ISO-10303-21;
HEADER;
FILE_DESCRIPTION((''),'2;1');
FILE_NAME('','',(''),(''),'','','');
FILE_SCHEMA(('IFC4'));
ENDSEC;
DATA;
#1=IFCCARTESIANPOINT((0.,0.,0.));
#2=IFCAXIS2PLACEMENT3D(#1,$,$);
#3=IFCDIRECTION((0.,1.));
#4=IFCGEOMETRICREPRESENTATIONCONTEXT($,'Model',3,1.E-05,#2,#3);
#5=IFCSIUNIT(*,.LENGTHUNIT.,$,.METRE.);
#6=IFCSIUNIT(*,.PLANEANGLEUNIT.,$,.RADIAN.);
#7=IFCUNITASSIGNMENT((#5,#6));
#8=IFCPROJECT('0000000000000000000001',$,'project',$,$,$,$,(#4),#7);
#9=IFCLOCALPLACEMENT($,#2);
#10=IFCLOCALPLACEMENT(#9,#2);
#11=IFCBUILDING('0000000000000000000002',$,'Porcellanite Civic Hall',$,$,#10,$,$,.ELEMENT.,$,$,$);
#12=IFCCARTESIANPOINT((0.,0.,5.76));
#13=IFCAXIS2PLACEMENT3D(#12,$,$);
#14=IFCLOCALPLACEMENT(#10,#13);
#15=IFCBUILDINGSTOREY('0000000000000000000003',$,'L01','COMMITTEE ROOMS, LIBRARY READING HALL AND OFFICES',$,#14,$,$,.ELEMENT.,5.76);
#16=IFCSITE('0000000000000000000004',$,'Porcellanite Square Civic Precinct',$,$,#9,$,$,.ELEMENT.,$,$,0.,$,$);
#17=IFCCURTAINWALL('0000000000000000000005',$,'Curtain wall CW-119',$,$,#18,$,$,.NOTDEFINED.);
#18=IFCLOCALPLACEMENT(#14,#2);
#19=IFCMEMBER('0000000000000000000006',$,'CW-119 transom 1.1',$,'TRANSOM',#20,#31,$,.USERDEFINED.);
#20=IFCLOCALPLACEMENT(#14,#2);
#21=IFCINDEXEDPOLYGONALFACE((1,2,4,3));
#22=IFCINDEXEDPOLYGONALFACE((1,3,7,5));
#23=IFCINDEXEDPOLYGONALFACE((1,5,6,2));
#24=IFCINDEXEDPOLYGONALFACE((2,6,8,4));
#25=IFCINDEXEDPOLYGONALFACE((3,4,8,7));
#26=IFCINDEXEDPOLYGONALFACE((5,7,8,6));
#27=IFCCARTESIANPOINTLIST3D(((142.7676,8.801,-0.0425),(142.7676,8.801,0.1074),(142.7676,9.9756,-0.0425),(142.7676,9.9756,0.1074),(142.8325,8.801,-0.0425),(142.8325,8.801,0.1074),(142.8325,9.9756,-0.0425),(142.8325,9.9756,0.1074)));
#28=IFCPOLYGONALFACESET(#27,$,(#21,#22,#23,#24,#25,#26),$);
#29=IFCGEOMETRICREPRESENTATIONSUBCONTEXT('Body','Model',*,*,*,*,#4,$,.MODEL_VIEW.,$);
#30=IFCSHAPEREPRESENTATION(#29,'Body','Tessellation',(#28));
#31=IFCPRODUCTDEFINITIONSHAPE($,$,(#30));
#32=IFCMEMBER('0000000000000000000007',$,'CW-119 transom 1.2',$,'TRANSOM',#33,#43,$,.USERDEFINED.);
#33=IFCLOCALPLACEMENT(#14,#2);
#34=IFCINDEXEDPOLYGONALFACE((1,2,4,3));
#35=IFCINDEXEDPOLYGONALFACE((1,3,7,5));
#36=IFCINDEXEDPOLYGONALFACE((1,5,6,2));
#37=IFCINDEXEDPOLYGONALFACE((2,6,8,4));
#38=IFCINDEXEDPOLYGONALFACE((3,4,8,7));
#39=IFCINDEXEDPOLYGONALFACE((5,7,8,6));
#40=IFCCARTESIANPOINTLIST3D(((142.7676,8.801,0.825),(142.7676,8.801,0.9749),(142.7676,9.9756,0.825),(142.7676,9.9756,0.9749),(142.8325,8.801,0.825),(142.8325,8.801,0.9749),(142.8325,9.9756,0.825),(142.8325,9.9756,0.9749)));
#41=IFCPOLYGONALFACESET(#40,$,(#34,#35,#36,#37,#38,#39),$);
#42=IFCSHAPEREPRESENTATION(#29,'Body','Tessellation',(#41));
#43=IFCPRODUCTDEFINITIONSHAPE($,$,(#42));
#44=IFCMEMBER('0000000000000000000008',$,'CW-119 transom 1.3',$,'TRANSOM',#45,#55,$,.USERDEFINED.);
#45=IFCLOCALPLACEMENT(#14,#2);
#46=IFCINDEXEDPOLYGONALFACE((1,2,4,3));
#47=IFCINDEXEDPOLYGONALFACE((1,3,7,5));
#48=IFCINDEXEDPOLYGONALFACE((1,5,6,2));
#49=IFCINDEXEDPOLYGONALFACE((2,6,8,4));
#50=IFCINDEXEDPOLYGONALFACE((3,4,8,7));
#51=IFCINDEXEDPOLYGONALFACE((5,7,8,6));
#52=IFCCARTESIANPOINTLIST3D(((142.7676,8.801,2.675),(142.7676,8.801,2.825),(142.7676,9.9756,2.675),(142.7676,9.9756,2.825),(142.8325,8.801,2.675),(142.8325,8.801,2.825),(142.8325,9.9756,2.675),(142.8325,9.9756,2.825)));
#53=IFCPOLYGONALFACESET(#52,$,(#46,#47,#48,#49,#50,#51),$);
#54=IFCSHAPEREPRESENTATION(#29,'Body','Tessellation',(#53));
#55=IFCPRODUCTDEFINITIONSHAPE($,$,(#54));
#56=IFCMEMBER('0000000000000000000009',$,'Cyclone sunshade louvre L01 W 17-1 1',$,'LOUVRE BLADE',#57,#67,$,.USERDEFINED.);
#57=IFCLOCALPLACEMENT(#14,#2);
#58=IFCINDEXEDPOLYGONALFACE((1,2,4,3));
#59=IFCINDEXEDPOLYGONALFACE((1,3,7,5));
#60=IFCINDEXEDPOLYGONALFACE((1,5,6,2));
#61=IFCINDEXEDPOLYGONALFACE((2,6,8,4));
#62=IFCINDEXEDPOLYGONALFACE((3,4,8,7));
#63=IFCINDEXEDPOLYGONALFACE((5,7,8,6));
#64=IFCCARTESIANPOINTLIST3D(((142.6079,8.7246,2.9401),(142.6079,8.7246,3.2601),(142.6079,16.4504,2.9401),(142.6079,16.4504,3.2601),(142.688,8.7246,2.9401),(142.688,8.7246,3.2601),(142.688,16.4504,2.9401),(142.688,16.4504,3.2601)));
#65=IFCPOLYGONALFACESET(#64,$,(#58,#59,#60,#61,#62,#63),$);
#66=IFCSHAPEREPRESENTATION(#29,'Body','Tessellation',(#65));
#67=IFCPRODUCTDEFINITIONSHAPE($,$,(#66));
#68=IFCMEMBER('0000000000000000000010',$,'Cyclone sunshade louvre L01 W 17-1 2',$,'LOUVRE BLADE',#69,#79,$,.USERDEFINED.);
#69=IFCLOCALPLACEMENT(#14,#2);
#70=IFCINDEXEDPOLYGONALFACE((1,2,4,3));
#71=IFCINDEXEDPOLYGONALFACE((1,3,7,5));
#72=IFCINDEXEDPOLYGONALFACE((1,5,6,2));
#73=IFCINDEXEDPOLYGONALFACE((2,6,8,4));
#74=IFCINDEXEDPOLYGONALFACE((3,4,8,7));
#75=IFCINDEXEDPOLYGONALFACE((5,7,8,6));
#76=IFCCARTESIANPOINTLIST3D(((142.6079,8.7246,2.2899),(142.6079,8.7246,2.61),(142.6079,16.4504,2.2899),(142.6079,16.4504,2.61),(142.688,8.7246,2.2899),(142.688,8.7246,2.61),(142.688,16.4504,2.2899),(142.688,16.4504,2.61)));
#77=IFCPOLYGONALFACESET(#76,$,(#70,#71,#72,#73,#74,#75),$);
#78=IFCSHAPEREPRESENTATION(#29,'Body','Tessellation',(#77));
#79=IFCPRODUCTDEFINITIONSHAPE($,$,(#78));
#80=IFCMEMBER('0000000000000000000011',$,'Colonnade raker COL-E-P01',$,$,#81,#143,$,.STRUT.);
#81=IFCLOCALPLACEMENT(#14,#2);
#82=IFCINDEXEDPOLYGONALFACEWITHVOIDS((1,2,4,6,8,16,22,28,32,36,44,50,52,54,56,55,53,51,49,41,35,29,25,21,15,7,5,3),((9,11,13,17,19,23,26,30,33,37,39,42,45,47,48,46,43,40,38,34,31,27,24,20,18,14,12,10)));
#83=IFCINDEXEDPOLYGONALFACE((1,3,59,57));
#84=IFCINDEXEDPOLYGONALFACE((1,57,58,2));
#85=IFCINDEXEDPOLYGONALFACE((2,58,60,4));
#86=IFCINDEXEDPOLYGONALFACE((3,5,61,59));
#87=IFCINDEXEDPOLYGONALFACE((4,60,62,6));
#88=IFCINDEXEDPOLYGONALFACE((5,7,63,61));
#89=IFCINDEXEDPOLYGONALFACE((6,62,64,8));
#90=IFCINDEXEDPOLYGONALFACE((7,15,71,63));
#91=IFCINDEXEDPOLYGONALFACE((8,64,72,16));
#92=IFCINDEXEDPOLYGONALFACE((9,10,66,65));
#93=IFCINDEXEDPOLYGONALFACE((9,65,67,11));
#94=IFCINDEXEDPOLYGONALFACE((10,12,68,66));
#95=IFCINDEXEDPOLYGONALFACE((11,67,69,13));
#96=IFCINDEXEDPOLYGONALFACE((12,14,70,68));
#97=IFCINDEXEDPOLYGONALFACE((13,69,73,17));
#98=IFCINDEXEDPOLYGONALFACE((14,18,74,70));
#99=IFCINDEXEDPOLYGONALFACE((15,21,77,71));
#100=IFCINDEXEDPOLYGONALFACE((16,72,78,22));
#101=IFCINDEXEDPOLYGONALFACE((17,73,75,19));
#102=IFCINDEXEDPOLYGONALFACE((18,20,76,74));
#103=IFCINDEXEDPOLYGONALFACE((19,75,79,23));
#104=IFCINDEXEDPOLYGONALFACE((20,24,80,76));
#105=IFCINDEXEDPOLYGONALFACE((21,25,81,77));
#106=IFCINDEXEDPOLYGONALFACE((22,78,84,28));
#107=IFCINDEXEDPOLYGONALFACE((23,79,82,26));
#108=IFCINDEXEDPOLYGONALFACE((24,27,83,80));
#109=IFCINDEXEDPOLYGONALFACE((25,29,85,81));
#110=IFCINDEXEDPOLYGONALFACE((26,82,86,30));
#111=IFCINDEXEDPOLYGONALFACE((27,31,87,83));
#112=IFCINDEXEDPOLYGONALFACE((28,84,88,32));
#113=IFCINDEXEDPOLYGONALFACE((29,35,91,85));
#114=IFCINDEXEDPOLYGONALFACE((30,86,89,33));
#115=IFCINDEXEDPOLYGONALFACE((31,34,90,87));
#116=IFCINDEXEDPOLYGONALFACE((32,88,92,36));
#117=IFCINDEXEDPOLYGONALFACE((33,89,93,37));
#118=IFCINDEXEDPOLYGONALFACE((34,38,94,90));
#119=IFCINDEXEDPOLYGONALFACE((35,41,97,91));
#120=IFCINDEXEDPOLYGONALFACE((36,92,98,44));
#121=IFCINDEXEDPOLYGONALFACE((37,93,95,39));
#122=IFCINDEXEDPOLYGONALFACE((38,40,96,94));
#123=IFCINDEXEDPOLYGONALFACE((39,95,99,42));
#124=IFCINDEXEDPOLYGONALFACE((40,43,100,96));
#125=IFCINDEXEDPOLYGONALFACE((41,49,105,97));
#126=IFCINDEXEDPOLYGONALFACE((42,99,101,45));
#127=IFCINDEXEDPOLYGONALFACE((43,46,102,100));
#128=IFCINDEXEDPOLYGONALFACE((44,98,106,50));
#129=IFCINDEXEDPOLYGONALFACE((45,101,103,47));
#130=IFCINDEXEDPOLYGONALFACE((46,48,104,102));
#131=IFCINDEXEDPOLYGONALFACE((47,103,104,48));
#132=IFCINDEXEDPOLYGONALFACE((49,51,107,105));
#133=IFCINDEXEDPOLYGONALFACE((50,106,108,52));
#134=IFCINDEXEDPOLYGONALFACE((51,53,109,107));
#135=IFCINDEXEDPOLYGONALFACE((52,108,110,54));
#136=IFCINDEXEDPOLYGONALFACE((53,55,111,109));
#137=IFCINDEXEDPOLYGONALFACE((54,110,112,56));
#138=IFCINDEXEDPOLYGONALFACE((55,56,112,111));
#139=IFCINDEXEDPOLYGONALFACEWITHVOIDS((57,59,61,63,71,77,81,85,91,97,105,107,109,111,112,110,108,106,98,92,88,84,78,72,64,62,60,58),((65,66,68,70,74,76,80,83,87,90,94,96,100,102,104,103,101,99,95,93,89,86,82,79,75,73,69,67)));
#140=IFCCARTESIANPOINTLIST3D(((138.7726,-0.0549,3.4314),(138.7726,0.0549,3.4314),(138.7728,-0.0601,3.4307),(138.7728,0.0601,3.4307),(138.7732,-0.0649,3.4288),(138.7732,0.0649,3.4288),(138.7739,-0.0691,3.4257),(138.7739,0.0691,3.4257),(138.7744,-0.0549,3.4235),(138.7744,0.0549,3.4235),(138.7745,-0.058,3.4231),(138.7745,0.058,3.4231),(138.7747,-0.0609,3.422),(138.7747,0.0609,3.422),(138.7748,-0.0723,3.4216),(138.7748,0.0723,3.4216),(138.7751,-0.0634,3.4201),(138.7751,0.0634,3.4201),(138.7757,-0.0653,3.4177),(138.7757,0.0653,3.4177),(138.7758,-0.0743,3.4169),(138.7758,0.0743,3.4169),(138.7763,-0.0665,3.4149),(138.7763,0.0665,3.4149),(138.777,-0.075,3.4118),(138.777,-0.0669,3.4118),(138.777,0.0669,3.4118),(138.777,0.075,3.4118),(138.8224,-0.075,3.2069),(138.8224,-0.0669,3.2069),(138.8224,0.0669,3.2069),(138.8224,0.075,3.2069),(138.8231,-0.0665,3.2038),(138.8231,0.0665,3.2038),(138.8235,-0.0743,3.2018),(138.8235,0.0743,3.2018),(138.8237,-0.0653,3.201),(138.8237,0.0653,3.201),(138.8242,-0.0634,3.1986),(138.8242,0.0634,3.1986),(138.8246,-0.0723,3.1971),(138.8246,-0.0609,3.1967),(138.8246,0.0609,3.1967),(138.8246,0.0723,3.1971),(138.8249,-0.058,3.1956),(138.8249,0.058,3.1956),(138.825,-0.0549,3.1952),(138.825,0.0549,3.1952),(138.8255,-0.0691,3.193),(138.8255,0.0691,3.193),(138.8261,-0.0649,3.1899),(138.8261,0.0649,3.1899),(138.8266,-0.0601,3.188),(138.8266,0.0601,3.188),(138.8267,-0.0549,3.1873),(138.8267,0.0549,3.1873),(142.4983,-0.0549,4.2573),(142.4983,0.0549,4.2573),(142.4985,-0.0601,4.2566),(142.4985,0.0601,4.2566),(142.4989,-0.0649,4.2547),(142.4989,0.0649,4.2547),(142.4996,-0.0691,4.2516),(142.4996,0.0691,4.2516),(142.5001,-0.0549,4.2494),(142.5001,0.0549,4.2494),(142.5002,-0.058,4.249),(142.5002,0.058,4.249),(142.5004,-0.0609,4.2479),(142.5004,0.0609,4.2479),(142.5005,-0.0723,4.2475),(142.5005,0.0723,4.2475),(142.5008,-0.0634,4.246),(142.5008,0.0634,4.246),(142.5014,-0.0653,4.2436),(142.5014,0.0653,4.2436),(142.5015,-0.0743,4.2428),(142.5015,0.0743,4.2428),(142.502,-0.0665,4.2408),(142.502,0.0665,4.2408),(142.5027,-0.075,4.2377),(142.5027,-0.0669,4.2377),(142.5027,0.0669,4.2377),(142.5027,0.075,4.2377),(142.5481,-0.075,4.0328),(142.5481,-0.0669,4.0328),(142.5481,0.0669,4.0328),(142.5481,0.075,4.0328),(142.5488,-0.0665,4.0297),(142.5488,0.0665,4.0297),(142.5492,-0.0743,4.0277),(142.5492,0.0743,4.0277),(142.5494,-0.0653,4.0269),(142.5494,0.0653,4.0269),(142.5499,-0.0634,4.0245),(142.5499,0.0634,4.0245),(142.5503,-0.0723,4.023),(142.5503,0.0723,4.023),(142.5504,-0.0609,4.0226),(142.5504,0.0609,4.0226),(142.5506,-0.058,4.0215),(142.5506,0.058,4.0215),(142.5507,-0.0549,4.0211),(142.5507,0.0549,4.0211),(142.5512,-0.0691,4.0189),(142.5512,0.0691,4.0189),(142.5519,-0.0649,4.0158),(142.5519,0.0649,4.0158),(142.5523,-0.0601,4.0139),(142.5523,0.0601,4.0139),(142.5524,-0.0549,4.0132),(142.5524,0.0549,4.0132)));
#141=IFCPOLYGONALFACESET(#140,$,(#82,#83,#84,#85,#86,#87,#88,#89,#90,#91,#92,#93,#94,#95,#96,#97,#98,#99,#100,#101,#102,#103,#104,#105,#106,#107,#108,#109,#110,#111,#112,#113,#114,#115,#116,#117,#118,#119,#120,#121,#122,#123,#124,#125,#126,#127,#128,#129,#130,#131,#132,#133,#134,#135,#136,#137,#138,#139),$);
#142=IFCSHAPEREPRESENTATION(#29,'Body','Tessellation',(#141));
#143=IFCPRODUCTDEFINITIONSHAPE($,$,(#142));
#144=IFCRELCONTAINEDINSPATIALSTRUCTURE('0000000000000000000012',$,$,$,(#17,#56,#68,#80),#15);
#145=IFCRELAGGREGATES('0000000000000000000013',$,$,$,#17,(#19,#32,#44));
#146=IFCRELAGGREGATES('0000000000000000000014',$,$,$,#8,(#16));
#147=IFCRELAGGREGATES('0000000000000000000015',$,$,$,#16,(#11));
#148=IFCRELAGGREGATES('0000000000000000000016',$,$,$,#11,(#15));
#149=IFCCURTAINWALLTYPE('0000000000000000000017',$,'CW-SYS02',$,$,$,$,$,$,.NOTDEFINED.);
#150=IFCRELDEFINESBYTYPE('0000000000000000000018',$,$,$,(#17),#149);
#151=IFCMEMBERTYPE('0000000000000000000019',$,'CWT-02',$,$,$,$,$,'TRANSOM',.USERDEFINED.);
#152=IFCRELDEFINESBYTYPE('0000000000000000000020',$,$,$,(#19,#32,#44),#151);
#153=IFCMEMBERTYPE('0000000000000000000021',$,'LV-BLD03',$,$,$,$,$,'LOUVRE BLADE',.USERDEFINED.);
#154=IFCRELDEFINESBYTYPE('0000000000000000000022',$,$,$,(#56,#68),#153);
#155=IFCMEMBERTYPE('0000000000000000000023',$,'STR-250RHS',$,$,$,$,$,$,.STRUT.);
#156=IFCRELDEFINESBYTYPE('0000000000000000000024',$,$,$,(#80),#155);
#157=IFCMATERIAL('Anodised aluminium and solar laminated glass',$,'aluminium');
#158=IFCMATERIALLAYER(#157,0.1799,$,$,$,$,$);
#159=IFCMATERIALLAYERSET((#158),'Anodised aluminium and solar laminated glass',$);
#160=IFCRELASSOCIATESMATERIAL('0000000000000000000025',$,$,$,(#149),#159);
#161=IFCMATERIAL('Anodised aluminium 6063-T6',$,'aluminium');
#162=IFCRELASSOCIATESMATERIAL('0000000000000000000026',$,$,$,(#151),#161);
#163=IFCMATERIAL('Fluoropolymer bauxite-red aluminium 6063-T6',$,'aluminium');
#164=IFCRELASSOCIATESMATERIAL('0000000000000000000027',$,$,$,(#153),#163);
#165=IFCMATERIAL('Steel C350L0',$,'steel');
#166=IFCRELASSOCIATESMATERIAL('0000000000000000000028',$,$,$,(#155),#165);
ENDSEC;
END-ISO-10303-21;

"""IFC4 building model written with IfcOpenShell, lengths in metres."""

from ifc_helpers import new_model, si_unit, direction, frame, origin, origin_2d, place, context, subcontext, project, spatial, rectangle, hollow_rectangle, extrude, material, layer, layer_set, material_profile, profile_set, type_object, element, aggregate, save


model = new_model("IFC4")

# Units and contexts
model_context = context("Model", 3, precision=1e-05, world=origin(), true_north=direction((0.0, 1.0)))
body_context = subcontext(model_context, "Body", "Model", "MODEL_VIEW")
ifc_project = project(units=[si_unit("LENGTHUNIT", "METRE"), si_unit("PLANEANGLEUNIT", "RADIAN")], contexts=[model_context])

# Site, building, storey
site_placement = place(None, origin())
site = spatial("IfcSite", under=ifc_project, at=site_placement, Name="Porcellanite Square Civic Precinct", CompositionType="ELEMENT", RefElevation=0.0)
building_placement = place(site_placement, origin())
building = spatial("IfcBuilding", under=site, at=building_placement, Name="Porcellanite Civic Hall", CompositionType="ELEMENT")
storey_placement = place(building_placement, frame((0.0, 0.0, 5.76)))
storey = spatial("IfcBuildingStorey", under=building, at=storey_placement, Name="L01", Description="COMMITTEE ROOMS, LIBRARY READING HALL AND OFFICES", CompositionType="ELEMENT", Elevation=5.76)

# Curtain wall, members
ifc_material_1 = material(Name="Anodised aluminium and solar laminated glass", Category="aluminium")
ifc_layer_1 = layer(ifc_material_1, 0.1799)
ifc_layer_set_1 = layer_set([ifc_layer_1], Name="Anodised aluminium and solar laminated glass")
curtain_wall_type = type_object("IfcCurtainWallType", Name="CW-SYS02", PredefinedType="NOTDEFINED", material=ifc_layer_set_1)
curtain_wall_placement = place(storey_placement, origin())
curtain_wall = element("IfcCurtainWall", 1, at=curtain_wall_placement, inside=storey, type_object=curtain_wall_type, Name="Curtain wall CW-119", PredefinedType="NOTDEFINED")
ifc_material_2 = material(Name="Anodised aluminium 6063-T6", Category="aluminium")
ifc_material_profile_1 = material_profile(ifc_material_2, rectangle(XDim=0.0649, YDim=0.1499, at=origin_2d()), Name="AL-65x150")
ifc_profile_set_1 = profile_set([ifc_material_profile_1], Name="Anodised aluminium 6063-T6")
member_type_1 = type_object("IfcMemberType", Name="CWT-02", ElementType="TRANSOM", PredefinedType="USERDEFINED", material=ifc_profile_set_1)
member_1_placement = place(storey_placement, frame((142.8, 8.801, 0.0325), z_axis=(0.0, 1.0, 0.0), x_axis=(-1.0, 0.0, 0.0)))
member_1 = element("IfcMember", 2, at=member_1_placement, type_object=member_type_1, Name="CW-119 transom 1.1", ObjectType="TRANSOM", PredefinedType="USERDEFINED", context=body_context, shape_type="SweptSolid", body=[
    extrude(rectangle(XDim=0.0649, YDim=0.1499, at=origin_2d()), origin(), (0.0, 0.0, 1.0), 1.1746),
])
member_2_placement = place(storey_placement, frame((142.8, 8.801, 0.8999), z_axis=(0.0, 1.0, 0.0), x_axis=(-1.0, 0.0, 0.0)))
member_2 = element("IfcMember", 3, at=member_2_placement, type_object=member_type_1, Name="CW-119 transom 1.2", ObjectType="TRANSOM", PredefinedType="USERDEFINED", context=body_context, shape_type="SweptSolid", body=[
    extrude(rectangle(XDim=0.0649, YDim=0.1499, at=origin_2d()), origin(), (0.0, 0.0, 1.0), 1.1746),
])
member_3_placement = place(storey_placement, frame((142.8, 8.801, 2.75), z_axis=(0.0, 1.0, 0.0), x_axis=(-1.0, 0.0, 0.0)))
member_3 = element("IfcMember", 4, at=member_3_placement, type_object=member_type_1, Name="CW-119 transom 1.3", ObjectType="TRANSOM", PredefinedType="USERDEFINED", context=body_context, shape_type="SweptSolid", body=[
    extrude(rectangle(XDim=0.0649, YDim=0.1499, at=origin_2d()), origin(), (0.0, 0.0, 1.0), 1.1746),
])
aggregate(curtain_wall, [member_1, member_2, member_3])

# Members
ifc_material_3 = material(Name="Fluoropolymer bauxite-red aluminium 6063-T6", Category="aluminium")
ifc_material_profile_2 = material_profile(ifc_material_3, rectangle(XDim=0.0801, YDim=0.3201, at=origin_2d()), Name="AL-80x320")
ifc_profile_set_2 = profile_set([ifc_material_profile_2], Name="Fluoropolymer bauxite-red aluminium 6063-T6")
member_type_2 = type_object("IfcMemberType", Name="LV-BLD03", ElementType="LOUVRE BLADE", PredefinedType="USERDEFINED", material=ifc_profile_set_2)
for number, where, z_axis, x_axis, name in (
    (5, (142.6479, 8.7246, 3.1001), (0.0, 1.0, 0.0), (-1.0, 0.0, 0.0), "Cyclone sunshade louvre L01 W 17-1 1"),
    (6, (142.6479, 8.7246, 2.45), (0.0, 1.0, 0.0), (-1.0, 0.0, 0.0), "Cyclone sunshade louvre L01 W 17-1 2"),
):
    element("IfcMember", number, at=place(storey_placement, frame(where, z_axis=z_axis, x_axis=x_axis)), inside=storey, type_object=member_type_2, Name=name, ObjectType="LOUVRE BLADE", PredefinedType="USERDEFINED", context=body_context, shape_type="SweptSolid", body=[
        extrude(rectangle(XDim=0.0801, YDim=0.3201, at=origin_2d()), origin(), (0.0, 0.0, 1.0), 7.7258),
    ])
ifc_material_4 = material(Name="Steel C350L0", Category="steel")
ifc_material_profile_3 = material_profile(ifc_material_4, hollow_rectangle(XDim=0.1499, YDim=0.25, WallThickness=0.0081, InnerFilletRadius=0.012, OuterFilletRadius=0.02, at=origin_2d()), Name="250x150x8.0RHS")
ifc_profile_set_3 = profile_set([ifc_material_profile_3], Name="Steel C350L0")
member_type_3 = type_object("IfcMemberType", Name="STR-250RHS", PredefinedType="STRUT", material=ifc_profile_set_3)
member_4_placement = place(storey_placement, frame((142.5254, 0.0, 4.1353), z_axis=(-0.9763, 0.0, -0.216422), x_axis=(0.0, -1.0, 0.0)))
element("IfcMember", 7, at=member_4_placement, inside=storey, type_object=member_type_3, Name="Colonnade raker COL-E-P01", PredefinedType="STRUT", context=body_context, shape_type="SweptSolid", body=[
    extrude(hollow_rectangle(XDim=0.1499, YDim=0.25, WallThickness=0.0081, InnerFilletRadius=0.012, OuterFilletRadius=0.02, at=origin_2d()), origin(), (0.0, 0.0, 1.0), 3.8162),
])

save(model, "model.ifc")
